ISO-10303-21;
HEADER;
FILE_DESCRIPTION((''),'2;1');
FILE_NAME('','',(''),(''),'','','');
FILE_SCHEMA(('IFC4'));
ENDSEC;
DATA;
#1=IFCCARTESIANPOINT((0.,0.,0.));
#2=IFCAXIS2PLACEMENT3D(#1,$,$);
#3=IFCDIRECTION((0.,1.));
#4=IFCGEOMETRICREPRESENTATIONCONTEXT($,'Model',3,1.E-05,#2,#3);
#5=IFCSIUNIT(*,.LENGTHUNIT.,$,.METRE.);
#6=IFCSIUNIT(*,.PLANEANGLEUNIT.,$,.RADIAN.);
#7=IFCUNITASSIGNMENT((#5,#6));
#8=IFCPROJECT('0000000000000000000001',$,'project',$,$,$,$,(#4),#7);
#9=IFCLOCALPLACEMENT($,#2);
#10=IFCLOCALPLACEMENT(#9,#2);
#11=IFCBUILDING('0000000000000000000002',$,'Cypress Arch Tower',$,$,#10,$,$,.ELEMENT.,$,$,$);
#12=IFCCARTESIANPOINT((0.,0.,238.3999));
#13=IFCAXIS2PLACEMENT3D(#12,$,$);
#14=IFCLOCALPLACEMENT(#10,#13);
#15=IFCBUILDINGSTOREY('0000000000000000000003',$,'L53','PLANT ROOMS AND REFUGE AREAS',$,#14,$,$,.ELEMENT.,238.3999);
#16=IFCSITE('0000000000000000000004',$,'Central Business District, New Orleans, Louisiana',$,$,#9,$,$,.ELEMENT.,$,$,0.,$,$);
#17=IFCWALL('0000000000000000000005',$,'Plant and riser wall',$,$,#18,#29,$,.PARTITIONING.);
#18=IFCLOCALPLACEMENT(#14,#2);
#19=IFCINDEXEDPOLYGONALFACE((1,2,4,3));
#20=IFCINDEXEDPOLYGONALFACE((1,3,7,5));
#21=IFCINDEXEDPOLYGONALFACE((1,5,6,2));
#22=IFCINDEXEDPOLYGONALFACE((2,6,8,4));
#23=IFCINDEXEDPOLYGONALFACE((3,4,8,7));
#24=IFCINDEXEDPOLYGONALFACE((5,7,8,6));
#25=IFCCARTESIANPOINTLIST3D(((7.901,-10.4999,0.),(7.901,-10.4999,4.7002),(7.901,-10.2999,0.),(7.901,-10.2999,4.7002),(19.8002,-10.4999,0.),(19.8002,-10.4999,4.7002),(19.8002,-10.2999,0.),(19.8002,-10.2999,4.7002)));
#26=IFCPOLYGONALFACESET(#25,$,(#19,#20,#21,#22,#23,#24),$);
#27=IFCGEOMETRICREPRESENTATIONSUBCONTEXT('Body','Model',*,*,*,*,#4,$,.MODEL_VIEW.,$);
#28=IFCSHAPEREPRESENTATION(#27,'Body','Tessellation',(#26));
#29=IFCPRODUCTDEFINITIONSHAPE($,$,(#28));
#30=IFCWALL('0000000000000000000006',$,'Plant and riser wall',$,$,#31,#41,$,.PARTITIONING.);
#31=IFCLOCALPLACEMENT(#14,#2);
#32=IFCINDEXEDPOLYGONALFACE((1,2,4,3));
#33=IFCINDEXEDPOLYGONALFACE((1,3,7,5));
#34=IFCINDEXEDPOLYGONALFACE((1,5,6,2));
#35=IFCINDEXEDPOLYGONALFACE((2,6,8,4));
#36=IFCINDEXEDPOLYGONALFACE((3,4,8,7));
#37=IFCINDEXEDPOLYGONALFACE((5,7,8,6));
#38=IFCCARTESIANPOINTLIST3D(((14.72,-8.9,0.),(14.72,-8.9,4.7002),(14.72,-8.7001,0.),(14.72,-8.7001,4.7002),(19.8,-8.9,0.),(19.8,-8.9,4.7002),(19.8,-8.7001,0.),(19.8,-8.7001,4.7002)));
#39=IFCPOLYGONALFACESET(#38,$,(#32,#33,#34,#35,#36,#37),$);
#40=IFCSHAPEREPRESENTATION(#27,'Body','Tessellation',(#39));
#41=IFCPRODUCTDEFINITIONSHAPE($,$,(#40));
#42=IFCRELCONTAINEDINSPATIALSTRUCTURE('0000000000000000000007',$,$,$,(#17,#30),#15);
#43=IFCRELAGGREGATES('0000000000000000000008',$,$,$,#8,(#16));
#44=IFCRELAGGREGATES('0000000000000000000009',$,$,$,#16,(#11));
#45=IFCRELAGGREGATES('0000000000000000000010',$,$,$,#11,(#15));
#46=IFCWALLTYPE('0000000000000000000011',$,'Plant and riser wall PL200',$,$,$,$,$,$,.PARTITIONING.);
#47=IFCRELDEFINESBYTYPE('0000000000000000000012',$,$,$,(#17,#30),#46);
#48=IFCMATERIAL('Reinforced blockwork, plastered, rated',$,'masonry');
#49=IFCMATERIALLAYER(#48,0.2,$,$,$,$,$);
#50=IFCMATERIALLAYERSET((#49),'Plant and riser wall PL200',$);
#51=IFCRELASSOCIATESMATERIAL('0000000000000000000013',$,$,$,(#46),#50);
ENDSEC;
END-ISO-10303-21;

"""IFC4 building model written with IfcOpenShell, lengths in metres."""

from ifc_helpers import new_model, si_unit, direction, frame, frame_2d, origin, place, context, subcontext, project, spatial, rectangle, extrude, material, layer, layer_set, type_object, element, save


model = new_model("IFC4")

# Units and contexts
model_context = context("Model", 3, precision=1e-05, world=origin(), true_north=direction((0.0, 1.0)))
body_context = subcontext(model_context, "Body", "Model", "MODEL_VIEW")
ifc_project = project(units=[si_unit("LENGTHUNIT", "METRE"), si_unit("PLANEANGLEUNIT", "RADIAN")], contexts=[model_context])

# Site, building, storey
site_placement = place(None, origin())
site = spatial("IfcSite", under=ifc_project, at=site_placement, Name="Central Business District, New Orleans, Louisiana", CompositionType="ELEMENT", RefElevation=0.0)
building_placement = place(site_placement, origin())
building = spatial("IfcBuilding", under=site, at=building_placement, Name="Cypress Arch Tower", CompositionType="ELEMENT")
storey_placement = place(building_placement, frame((0.0, 0.0, 238.3999)))
storey = spatial("IfcBuildingStorey", under=building, at=storey_placement, Name="L53", Description="PLANT ROOMS AND REFUGE AREAS", CompositionType="ELEMENT", Elevation=238.3999)

# Wall
ifc_material_1 = material(Name="Reinforced blockwork, plastered, rated", Category="masonry")
ifc_layer_1 = layer(ifc_material_1, 0.2)
ifc_layer_set_1 = layer_set([ifc_layer_1], Name="Plant and riser wall PL200")
wall_type_1 = type_object("IfcWallType", Name="Plant and riser wall PL200", PredefinedType="PARTITIONING", material=ifc_layer_set_1)
wall_1_placement = place(storey_placement, frame((7.9009, -10.3999, 0.0), z_axis=(0.0, 0.0, 1.0), x_axis=(1.0, 0.0, 0.0)))
element("IfcWall", 1, at=wall_1_placement, inside=storey, type_object=wall_type_1, Name="Plant and riser wall", PredefinedType="PARTITIONING", context=body_context, shape_type="SweptSolid", body=[
    extrude(rectangle(XDim=11.8992, YDim=0.2, at=frame_2d((5.9497, 0.0))), origin(), (0.0, 0.0, 1.0), 4.7002),
])

# Wall
wall_2_placement = place(storey_placement, frame((14.72, -8.8, 0.0), z_axis=(0.0, 0.0, 1.0), x_axis=(1.0, 0.0, 0.0)))
element("IfcWall", 2, at=wall_2_placement, inside=storey, type_object=wall_type_1, Name="Plant and riser wall", PredefinedType="PARTITIONING", context=body_context, shape_type="SweptSolid", body=[
    extrude(rectangle(XDim=5.0801, YDim=0.2, at=frame_2d((2.54, 0.0))), origin(), (0.0, 0.0, 1.0), 4.7002),
])

save(model, "model.ifc")
